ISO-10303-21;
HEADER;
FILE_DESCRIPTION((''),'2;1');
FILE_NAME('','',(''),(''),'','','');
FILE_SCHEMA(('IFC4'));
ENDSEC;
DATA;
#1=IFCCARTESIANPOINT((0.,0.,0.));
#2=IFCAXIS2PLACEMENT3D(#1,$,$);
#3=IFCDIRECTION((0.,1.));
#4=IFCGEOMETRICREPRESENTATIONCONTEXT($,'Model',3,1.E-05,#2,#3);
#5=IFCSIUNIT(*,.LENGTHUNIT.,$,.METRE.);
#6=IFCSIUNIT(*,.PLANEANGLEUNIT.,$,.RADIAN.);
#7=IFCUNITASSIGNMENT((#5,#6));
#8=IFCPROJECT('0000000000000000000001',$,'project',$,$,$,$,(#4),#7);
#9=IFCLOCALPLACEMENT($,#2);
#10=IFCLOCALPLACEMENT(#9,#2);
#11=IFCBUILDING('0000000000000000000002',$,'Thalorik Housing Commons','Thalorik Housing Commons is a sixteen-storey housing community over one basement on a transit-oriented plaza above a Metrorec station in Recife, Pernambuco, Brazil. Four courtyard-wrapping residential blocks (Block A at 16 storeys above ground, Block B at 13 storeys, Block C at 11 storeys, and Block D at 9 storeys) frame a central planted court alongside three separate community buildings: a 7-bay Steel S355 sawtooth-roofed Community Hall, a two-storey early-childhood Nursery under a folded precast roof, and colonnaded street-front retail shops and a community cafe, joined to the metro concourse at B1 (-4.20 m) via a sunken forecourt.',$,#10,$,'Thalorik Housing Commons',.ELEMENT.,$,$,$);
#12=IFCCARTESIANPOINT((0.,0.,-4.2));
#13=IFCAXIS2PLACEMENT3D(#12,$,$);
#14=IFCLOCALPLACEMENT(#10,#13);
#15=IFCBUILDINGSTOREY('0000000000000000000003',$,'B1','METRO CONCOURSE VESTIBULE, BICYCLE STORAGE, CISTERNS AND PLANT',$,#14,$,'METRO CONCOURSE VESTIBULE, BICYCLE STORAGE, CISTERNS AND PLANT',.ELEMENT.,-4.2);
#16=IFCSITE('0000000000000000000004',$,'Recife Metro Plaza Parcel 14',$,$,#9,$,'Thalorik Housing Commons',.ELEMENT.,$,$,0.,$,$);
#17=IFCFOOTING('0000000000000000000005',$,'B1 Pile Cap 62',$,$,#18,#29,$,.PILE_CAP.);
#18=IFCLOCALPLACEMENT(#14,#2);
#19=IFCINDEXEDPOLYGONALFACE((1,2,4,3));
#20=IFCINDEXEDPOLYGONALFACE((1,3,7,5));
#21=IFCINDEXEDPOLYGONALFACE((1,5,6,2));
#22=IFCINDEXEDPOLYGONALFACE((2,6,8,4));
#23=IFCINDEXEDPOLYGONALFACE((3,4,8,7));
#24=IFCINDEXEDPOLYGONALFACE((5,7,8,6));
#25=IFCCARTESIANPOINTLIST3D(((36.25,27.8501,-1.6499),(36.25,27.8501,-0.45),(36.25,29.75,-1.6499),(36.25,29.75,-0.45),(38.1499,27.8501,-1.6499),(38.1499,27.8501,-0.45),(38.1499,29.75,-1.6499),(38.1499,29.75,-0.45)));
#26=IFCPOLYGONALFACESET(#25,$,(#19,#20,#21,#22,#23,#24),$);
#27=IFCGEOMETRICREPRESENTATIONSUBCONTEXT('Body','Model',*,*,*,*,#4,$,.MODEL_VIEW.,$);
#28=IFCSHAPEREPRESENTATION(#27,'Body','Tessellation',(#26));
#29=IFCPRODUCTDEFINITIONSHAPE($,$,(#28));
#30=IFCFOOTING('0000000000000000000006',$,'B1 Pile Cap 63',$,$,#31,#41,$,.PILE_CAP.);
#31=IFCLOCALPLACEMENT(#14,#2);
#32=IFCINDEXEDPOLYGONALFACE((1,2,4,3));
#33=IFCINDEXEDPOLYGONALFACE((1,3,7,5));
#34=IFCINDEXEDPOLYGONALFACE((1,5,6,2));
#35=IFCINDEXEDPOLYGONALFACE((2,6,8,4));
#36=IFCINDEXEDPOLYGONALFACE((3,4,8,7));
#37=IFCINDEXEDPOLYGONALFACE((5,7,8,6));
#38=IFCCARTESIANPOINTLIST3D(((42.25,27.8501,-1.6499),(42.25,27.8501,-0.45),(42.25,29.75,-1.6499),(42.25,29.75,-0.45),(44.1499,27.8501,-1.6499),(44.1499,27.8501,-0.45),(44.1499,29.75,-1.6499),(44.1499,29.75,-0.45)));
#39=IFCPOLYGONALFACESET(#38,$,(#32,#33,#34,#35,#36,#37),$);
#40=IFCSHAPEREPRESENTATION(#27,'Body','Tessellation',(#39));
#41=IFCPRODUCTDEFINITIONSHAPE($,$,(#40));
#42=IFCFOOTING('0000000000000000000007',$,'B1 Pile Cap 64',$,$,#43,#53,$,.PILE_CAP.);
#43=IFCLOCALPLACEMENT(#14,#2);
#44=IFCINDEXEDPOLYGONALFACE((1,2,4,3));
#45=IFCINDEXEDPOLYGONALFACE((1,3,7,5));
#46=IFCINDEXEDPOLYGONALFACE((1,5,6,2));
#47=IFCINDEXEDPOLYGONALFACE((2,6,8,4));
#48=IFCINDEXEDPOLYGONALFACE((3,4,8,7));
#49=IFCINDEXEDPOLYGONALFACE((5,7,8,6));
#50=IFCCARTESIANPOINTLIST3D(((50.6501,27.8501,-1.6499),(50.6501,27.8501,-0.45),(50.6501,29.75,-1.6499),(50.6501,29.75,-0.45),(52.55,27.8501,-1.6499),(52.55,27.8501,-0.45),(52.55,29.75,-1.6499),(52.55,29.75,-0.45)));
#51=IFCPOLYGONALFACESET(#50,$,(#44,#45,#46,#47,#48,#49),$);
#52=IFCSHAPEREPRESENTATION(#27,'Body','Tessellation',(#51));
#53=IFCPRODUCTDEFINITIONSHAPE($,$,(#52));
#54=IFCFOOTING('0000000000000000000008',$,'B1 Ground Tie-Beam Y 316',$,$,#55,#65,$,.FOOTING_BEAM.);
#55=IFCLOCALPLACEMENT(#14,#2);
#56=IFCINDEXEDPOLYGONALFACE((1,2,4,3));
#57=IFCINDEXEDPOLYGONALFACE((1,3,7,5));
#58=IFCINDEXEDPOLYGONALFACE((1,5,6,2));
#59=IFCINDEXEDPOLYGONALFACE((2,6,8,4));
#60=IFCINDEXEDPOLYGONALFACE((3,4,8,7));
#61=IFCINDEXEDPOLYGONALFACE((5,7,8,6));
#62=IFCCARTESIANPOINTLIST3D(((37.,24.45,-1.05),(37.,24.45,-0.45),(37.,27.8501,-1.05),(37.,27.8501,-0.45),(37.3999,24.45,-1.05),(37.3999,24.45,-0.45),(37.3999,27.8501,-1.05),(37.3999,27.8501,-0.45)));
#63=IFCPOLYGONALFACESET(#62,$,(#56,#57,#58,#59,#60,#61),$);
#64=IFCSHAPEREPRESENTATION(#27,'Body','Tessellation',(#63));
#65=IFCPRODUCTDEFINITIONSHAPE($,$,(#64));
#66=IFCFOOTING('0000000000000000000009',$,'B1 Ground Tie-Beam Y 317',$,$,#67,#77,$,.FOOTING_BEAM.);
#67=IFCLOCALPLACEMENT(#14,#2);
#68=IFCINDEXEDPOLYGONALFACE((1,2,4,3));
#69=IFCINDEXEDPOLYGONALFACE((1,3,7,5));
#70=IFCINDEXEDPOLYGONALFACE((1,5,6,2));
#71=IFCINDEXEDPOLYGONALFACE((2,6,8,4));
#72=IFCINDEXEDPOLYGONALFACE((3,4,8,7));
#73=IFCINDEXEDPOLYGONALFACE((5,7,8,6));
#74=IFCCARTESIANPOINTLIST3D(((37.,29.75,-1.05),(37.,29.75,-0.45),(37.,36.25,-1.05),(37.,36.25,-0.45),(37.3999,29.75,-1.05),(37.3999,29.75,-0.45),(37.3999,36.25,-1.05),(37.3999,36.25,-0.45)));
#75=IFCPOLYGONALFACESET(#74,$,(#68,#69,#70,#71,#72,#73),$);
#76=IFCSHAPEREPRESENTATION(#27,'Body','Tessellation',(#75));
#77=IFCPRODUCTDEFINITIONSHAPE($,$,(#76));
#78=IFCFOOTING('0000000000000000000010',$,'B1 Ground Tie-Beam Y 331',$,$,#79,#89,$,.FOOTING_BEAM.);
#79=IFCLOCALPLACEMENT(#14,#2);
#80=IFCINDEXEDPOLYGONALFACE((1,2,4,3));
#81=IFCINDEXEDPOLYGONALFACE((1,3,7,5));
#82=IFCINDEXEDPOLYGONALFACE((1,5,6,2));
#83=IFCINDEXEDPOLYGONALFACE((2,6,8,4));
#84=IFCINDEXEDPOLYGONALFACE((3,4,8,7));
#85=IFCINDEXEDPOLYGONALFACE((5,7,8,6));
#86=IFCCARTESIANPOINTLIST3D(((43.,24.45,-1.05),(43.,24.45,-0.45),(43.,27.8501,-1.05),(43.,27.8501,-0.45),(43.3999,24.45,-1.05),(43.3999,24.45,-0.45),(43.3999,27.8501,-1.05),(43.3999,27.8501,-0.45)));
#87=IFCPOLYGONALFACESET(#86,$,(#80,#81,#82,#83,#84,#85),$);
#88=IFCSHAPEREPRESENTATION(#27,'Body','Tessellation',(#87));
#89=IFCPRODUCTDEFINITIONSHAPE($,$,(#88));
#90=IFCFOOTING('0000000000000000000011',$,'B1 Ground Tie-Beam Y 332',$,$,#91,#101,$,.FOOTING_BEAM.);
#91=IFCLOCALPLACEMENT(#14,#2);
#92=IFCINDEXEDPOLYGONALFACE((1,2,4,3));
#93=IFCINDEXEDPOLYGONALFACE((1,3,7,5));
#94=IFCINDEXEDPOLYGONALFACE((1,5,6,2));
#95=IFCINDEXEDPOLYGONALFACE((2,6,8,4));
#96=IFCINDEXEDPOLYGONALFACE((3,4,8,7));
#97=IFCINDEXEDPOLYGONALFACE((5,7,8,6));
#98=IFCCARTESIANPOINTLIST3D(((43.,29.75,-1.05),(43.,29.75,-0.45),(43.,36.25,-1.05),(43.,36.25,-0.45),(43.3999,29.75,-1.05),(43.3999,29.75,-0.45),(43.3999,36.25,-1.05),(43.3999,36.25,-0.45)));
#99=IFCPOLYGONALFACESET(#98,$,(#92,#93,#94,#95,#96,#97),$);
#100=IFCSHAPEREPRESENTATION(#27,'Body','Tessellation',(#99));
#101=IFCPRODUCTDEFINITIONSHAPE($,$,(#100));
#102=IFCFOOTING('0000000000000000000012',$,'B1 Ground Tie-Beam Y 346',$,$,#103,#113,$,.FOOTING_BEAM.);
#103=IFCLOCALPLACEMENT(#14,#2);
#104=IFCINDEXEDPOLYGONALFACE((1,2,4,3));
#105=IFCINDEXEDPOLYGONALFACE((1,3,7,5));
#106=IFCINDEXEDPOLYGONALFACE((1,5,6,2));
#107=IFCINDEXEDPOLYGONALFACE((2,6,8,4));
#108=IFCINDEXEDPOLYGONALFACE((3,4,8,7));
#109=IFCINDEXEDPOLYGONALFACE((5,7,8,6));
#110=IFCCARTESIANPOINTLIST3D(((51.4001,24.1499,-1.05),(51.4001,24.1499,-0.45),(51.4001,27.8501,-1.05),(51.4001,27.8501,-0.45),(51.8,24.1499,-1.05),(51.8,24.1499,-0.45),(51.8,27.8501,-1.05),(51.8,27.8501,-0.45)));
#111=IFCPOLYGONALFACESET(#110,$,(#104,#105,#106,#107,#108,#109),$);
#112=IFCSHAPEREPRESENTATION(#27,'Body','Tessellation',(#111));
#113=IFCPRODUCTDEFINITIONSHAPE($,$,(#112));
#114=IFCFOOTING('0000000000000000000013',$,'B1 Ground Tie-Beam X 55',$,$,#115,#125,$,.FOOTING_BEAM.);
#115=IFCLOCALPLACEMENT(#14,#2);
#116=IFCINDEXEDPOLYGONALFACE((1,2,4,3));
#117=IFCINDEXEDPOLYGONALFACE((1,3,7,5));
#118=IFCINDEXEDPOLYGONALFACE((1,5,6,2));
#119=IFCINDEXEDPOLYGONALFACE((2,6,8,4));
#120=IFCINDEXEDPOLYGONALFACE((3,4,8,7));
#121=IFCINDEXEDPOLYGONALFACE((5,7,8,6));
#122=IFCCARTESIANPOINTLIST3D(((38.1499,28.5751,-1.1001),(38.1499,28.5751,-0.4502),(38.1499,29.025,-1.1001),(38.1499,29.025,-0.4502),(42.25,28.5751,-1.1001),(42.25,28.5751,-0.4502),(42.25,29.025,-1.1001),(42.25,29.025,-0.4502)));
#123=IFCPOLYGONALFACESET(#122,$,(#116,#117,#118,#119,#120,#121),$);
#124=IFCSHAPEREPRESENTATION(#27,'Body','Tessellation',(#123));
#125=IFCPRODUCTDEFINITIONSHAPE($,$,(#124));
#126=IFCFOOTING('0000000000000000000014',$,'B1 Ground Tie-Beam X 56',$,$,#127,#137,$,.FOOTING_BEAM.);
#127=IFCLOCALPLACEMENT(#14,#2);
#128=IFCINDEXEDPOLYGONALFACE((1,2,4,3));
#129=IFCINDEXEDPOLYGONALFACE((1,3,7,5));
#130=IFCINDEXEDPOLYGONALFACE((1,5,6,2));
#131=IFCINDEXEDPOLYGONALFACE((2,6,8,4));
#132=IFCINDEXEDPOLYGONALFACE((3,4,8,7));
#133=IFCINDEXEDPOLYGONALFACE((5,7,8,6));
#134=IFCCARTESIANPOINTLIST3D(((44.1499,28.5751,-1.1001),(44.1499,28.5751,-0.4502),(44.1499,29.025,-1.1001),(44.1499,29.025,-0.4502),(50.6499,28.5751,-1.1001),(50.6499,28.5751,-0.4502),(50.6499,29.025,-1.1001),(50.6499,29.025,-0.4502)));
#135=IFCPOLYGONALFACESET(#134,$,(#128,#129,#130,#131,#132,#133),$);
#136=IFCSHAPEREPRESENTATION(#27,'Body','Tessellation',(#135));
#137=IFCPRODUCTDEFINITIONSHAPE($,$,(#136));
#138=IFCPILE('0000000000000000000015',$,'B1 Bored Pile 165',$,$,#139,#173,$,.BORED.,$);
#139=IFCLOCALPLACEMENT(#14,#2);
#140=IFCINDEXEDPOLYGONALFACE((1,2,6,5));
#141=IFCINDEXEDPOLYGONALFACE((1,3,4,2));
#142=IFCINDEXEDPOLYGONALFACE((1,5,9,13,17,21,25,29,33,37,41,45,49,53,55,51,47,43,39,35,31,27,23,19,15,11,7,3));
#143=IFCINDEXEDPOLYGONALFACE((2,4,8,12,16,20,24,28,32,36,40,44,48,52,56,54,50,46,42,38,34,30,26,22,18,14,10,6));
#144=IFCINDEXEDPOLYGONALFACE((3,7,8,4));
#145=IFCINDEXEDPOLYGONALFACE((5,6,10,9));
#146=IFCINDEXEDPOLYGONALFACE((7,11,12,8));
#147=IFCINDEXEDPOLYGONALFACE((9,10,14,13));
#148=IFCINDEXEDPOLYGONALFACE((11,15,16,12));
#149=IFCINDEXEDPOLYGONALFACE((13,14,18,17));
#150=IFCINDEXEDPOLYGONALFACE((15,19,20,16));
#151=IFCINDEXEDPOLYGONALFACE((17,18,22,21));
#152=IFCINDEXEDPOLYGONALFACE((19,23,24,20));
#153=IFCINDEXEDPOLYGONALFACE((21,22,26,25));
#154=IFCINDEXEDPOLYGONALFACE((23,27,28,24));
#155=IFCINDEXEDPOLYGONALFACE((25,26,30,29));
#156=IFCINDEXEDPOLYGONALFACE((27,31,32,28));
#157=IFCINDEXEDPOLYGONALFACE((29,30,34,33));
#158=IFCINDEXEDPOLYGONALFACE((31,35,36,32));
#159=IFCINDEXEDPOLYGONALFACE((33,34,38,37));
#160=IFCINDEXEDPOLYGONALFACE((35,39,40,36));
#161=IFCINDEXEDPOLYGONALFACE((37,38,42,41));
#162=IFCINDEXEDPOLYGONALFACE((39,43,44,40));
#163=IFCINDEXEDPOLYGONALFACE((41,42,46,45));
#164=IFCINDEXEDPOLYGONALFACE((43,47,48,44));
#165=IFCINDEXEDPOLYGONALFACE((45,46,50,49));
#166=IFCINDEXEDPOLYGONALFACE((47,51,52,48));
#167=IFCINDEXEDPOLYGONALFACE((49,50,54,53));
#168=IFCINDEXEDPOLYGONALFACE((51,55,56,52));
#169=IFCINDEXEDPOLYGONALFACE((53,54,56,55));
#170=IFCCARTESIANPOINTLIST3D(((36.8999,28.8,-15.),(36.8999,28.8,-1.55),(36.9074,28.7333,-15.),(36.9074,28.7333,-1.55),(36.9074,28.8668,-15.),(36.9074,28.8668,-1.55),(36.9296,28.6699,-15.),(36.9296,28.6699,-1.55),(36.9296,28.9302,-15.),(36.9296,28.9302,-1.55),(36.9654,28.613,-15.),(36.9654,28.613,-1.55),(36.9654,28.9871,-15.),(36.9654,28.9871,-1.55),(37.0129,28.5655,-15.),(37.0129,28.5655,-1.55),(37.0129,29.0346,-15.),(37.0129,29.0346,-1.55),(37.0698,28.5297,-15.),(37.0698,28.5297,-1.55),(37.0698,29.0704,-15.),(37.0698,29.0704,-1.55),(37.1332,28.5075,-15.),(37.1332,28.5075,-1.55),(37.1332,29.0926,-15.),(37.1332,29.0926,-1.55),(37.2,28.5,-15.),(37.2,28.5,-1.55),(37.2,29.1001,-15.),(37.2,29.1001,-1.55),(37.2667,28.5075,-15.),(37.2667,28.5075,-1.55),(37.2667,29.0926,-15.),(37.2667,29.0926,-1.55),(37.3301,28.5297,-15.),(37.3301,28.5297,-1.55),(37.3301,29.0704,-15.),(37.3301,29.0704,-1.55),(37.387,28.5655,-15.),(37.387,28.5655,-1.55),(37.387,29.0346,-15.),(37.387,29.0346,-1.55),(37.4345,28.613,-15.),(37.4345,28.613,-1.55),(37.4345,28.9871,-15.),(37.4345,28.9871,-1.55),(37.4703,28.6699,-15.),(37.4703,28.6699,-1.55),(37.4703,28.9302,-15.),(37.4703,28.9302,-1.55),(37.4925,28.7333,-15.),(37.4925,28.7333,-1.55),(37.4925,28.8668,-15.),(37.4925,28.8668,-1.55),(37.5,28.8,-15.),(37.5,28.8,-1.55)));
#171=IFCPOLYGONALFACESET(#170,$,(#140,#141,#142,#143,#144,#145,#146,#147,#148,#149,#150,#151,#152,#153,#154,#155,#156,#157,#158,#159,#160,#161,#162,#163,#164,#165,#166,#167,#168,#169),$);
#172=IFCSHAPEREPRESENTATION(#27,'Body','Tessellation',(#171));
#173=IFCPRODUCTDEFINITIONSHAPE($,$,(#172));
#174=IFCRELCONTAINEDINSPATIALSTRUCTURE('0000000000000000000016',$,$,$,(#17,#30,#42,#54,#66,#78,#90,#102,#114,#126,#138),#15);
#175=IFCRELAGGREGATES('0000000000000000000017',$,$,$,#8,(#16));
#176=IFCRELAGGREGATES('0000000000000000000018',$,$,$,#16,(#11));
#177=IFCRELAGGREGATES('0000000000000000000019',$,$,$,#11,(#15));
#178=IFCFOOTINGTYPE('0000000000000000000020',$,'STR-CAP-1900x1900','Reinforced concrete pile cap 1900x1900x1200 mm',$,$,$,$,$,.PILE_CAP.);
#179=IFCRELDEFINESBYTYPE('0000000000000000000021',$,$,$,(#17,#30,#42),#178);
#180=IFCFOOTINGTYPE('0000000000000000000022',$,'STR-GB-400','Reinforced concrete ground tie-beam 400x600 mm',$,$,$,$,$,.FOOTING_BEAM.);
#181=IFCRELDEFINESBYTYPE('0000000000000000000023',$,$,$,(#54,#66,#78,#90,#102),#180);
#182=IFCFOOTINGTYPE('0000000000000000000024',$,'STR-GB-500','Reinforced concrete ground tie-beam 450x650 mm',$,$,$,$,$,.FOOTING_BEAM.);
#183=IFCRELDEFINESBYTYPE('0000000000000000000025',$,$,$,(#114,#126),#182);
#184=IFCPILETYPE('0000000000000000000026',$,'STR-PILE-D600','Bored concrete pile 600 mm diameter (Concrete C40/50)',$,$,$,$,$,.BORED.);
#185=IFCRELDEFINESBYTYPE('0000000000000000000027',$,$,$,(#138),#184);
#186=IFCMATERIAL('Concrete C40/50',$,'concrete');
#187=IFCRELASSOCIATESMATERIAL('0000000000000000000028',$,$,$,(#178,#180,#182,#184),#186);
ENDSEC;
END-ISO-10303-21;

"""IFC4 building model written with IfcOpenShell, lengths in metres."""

from ifc_helpers import new_model, si_unit, direction, frame, origin, origin_2d, place, context, subcontext, project, spatial, rectangle, circle, extrude, material, material_profile, profile_set, type_object, element, save


model = new_model("IFC4")

# Units and contexts
model_context = context("Model", 3, precision=1e-05, world=origin(), true_north=direction((0.0, 1.0)))
body_context = subcontext(model_context, "Body", "Model", "MODEL_VIEW")
ifc_project = project(units=[si_unit("LENGTHUNIT", "METRE"), si_unit("PLANEANGLEUNIT", "RADIAN")], contexts=[model_context])

# Site, building, storey
site_placement = place(None, origin())
site = spatial("IfcSite", under=ifc_project, at=site_placement, Name="Recife Metro Plaza Parcel 14", LongName="Thalorik Housing Commons", CompositionType="ELEMENT", RefElevation=0.0)
building_placement = place(site_placement, origin())
building = spatial("IfcBuilding", under=site, at=building_placement, Name="Thalorik Housing Commons", Description="Thalorik Housing Commons is a sixteen-storey housing community over one basement on a transit-oriented plaza above a Metrorec station in Recife, Pernambuco, Brazil. Four courtyard-wrapping residential blocks (Block A at 16 storeys above ground, Block B at 13 storeys, Block C at 11 storeys, and Block D at 9 storeys) frame a central planted court alongside three separate community buildings: a 7-bay Steel S355 sawtooth-roofed Community Hall, a two-storey early-childhood Nursery under a folded precast roof, and colonnaded street-front retail shops and a community cafe, joined to the metro concourse at B1 (-4.20 m) via a sunken forecourt.", LongName="Thalorik Housing Commons", CompositionType="ELEMENT")
storey_placement = place(building_placement, frame((0.0, 0.0, -4.2)))
storey = spatial("IfcBuildingStorey", under=building, at=storey_placement, Name="B1", Description="METRO CONCOURSE VESTIBULE, BICYCLE STORAGE, CISTERNS AND PLANT", LongName="METRO CONCOURSE VESTIBULE, BICYCLE STORAGE, CISTERNS AND PLANT", CompositionType="ELEMENT", Elevation=-4.2)

# Footings
ifc_material_1 = material(Name="Concrete C40/50", Category="concrete")
footing_type_1 = type_object("IfcFootingType", Name="STR-CAP-1900x1900", Description="Reinforced concrete pile cap 1900x1900x1200 mm", PredefinedType="PILE_CAP", material=ifc_material_1)
for number, where, z_axis, x_axis, name in (
    (1, (37.2, 28.8, -1.6499), (0.0, 0.0, 1.0), (1.0, 0.0, 0.0), "B1 Pile Cap 62"),
    (2, (43.2, 28.8, -1.6499), (0.0, 0.0, 1.0), (1.0, 0.0, 0.0), "B1 Pile Cap 63"),
    (3, (51.6001, 28.8, -1.6499), (0.0, 0.0, 1.0), (1.0, 0.0, 0.0), "B1 Pile Cap 64"),
):
    element("IfcFooting", number, at=place(storey_placement, frame(where, z_axis=z_axis, x_axis=x_axis)), inside=storey, type_object=footing_type_1, Name=name, PredefinedType="PILE_CAP", context=body_context, shape_type="SweptSolid", body=[
        extrude(rectangle(XDim=1.8999, YDim=1.8999, at=origin_2d()), origin(), (0.0, 0.0, 1.0), 1.2),
    ])
ifc_material_profile_1 = material_profile(ifc_material_1, rectangle(XDim=0.3999, YDim=0.6001, at=origin_2d()), Name="RC 400x600", Category="concrete")
ifc_profile_set_1 = profile_set([ifc_material_profile_1], Name="Concrete C40/50")
footing_type_2 = type_object("IfcFootingType", Name="STR-GB-400", Description="Reinforced concrete ground tie-beam 400x600 mm", PredefinedType="FOOTING_BEAM", material=ifc_profile_set_1)
footing_1_placement = place(storey_placement, frame((37.2, 24.45, -0.75), z_axis=(0.0, 1.0, 0.0), x_axis=(-1.0, 0.0, 0.0)))
element("IfcFooting", 4, at=footing_1_placement, inside=storey, type_object=footing_type_2, Name="B1 Ground Tie-Beam Y 316", PredefinedType="FOOTING_BEAM", context=body_context, shape_type="SweptSolid", body=[
    extrude(rectangle(XDim=0.3999, YDim=0.6001, at=origin_2d()), origin(), (0.0, 0.0, 1.0), 3.4001),
])
footing_2_placement = place(storey_placement, frame((37.2, 29.75, -0.75), z_axis=(0.0, 1.0, 0.0), x_axis=(-1.0, 0.0, 0.0)))
element("IfcFooting", 5, at=footing_2_placement, inside=storey, type_object=footing_type_2, Name="B1 Ground Tie-Beam Y 317", PredefinedType="FOOTING_BEAM", context=body_context, shape_type="SweptSolid", body=[
    extrude(rectangle(XDim=0.3999, YDim=0.6001, at=origin_2d()), origin(), (0.0, 0.0, 1.0), 6.5),
])
footing_3_placement = place(storey_placement, frame((43.2, 24.45, -0.75), z_axis=(0.0, 1.0, 0.0), x_axis=(-1.0, 0.0, 0.0)))
element("IfcFooting", 6, at=footing_3_placement, inside=storey, type_object=footing_type_2, Name="B1 Ground Tie-Beam Y 331", PredefinedType="FOOTING_BEAM", context=body_context, shape_type="SweptSolid", body=[
    extrude(rectangle(XDim=0.3999, YDim=0.6001, at=origin_2d()), origin(), (0.0, 0.0, 1.0), 3.4001),
])
footing_4_placement = place(storey_placement, frame((43.2, 29.75, -0.75), z_axis=(0.0, 1.0, 0.0), x_axis=(-1.0, 0.0, 0.0)))
element("IfcFooting", 7, at=footing_4_placement, inside=storey, type_object=footing_type_2, Name="B1 Ground Tie-Beam Y 332", PredefinedType="FOOTING_BEAM", context=body_context, shape_type="SweptSolid", body=[
    extrude(rectangle(XDim=0.3999, YDim=0.6001, at=origin_2d()), origin(), (0.0, 0.0, 1.0), 6.5),
])
footing_5_placement = place(storey_placement, frame((51.6001, 24.1499, -0.75), z_axis=(0.0, 1.0, 0.0), x_axis=(-1.0, 0.0, 0.0)))
element("IfcFooting", 8, at=footing_5_placement, inside=storey, type_object=footing_type_2, Name="B1 Ground Tie-Beam Y 346", PredefinedType="FOOTING_BEAM", context=body_context, shape_type="SweptSolid", body=[
    extrude(rectangle(XDim=0.3999, YDim=0.6001, at=origin_2d()), origin(), (0.0, 0.0, 1.0), 3.7002),
])
ifc_material_profile_2 = material_profile(ifc_material_1, rectangle(XDim=0.45, YDim=0.6499, at=origin_2d()), Name="RC 450x650", Category="concrete")
ifc_profile_set_2 = profile_set([ifc_material_profile_2], Name="Concrete C40/50")
footing_type_3 = type_object("IfcFootingType", Name="STR-GB-500", Description="Reinforced concrete ground tie-beam 450x650 mm", PredefinedType="FOOTING_BEAM", material=ifc_profile_set_2)
footing_6_placement = place(storey_placement, frame((38.1499, 28.8, -0.7751), z_axis=(1.0, 0.0, 0.0), x_axis=(0.0, 1.0, 0.0)))
element("IfcFooting", 9, at=footing_6_placement, inside=storey, type_object=footing_type_3, Name="B1 Ground Tie-Beam X 55", PredefinedType="FOOTING_BEAM", context=body_context, shape_type="SweptSolid", body=[
    extrude(rectangle(XDim=0.45, YDim=0.6499, at=origin_2d()), origin(), (0.0, 0.0, 1.0), 4.1001),
])
footing_7_placement = place(storey_placement, frame((44.1499, 28.8, -0.7751), z_axis=(1.0, 0.0, 0.0), x_axis=(0.0, 1.0, 0.0)))
element("IfcFooting", 10, at=footing_7_placement, inside=storey, type_object=footing_type_3, Name="B1 Ground Tie-Beam X 56", PredefinedType="FOOTING_BEAM", context=body_context, shape_type="SweptSolid", body=[
    extrude(rectangle(XDim=0.45, YDim=0.6499, at=origin_2d()), origin(), (0.0, 0.0, 1.0), 6.5),
])

# Pile
ifc_material_profile_3 = material_profile(ifc_material_1, circle(Radius=0.3, at=origin_2d()), Name="BORED PILE D600", Category="concrete")
ifc_profile_set_3 = profile_set([ifc_material_profile_3], Name="Concrete C40/50")
pile_type_1 = type_object("IfcPileType", Name="STR-PILE-D600", Description="Bored concrete pile 600 mm diameter (Concrete C40/50)", PredefinedType="BORED", material=ifc_profile_set_3)
for number, where, z_axis, x_axis, name in (
    (11, (37.2, 28.8, -1.55), (0.0, 0.0, -1.0), (1.0, 0.0, 0.0), "B1 Bored Pile 165"),
):
    element("IfcPile", number, at=place(storey_placement, frame(where, z_axis=z_axis, x_axis=x_axis)), inside=storey, type_object=pile_type_1, Name=name, PredefinedType="BORED", context=body_context, shape_type="SweptSolid", body=[
        extrude(circle(Radius=0.3, at=origin_2d()), origin(), (0.0, 0.0, 1.0), 13.45),
    ])

save(model, "model.ifc")
